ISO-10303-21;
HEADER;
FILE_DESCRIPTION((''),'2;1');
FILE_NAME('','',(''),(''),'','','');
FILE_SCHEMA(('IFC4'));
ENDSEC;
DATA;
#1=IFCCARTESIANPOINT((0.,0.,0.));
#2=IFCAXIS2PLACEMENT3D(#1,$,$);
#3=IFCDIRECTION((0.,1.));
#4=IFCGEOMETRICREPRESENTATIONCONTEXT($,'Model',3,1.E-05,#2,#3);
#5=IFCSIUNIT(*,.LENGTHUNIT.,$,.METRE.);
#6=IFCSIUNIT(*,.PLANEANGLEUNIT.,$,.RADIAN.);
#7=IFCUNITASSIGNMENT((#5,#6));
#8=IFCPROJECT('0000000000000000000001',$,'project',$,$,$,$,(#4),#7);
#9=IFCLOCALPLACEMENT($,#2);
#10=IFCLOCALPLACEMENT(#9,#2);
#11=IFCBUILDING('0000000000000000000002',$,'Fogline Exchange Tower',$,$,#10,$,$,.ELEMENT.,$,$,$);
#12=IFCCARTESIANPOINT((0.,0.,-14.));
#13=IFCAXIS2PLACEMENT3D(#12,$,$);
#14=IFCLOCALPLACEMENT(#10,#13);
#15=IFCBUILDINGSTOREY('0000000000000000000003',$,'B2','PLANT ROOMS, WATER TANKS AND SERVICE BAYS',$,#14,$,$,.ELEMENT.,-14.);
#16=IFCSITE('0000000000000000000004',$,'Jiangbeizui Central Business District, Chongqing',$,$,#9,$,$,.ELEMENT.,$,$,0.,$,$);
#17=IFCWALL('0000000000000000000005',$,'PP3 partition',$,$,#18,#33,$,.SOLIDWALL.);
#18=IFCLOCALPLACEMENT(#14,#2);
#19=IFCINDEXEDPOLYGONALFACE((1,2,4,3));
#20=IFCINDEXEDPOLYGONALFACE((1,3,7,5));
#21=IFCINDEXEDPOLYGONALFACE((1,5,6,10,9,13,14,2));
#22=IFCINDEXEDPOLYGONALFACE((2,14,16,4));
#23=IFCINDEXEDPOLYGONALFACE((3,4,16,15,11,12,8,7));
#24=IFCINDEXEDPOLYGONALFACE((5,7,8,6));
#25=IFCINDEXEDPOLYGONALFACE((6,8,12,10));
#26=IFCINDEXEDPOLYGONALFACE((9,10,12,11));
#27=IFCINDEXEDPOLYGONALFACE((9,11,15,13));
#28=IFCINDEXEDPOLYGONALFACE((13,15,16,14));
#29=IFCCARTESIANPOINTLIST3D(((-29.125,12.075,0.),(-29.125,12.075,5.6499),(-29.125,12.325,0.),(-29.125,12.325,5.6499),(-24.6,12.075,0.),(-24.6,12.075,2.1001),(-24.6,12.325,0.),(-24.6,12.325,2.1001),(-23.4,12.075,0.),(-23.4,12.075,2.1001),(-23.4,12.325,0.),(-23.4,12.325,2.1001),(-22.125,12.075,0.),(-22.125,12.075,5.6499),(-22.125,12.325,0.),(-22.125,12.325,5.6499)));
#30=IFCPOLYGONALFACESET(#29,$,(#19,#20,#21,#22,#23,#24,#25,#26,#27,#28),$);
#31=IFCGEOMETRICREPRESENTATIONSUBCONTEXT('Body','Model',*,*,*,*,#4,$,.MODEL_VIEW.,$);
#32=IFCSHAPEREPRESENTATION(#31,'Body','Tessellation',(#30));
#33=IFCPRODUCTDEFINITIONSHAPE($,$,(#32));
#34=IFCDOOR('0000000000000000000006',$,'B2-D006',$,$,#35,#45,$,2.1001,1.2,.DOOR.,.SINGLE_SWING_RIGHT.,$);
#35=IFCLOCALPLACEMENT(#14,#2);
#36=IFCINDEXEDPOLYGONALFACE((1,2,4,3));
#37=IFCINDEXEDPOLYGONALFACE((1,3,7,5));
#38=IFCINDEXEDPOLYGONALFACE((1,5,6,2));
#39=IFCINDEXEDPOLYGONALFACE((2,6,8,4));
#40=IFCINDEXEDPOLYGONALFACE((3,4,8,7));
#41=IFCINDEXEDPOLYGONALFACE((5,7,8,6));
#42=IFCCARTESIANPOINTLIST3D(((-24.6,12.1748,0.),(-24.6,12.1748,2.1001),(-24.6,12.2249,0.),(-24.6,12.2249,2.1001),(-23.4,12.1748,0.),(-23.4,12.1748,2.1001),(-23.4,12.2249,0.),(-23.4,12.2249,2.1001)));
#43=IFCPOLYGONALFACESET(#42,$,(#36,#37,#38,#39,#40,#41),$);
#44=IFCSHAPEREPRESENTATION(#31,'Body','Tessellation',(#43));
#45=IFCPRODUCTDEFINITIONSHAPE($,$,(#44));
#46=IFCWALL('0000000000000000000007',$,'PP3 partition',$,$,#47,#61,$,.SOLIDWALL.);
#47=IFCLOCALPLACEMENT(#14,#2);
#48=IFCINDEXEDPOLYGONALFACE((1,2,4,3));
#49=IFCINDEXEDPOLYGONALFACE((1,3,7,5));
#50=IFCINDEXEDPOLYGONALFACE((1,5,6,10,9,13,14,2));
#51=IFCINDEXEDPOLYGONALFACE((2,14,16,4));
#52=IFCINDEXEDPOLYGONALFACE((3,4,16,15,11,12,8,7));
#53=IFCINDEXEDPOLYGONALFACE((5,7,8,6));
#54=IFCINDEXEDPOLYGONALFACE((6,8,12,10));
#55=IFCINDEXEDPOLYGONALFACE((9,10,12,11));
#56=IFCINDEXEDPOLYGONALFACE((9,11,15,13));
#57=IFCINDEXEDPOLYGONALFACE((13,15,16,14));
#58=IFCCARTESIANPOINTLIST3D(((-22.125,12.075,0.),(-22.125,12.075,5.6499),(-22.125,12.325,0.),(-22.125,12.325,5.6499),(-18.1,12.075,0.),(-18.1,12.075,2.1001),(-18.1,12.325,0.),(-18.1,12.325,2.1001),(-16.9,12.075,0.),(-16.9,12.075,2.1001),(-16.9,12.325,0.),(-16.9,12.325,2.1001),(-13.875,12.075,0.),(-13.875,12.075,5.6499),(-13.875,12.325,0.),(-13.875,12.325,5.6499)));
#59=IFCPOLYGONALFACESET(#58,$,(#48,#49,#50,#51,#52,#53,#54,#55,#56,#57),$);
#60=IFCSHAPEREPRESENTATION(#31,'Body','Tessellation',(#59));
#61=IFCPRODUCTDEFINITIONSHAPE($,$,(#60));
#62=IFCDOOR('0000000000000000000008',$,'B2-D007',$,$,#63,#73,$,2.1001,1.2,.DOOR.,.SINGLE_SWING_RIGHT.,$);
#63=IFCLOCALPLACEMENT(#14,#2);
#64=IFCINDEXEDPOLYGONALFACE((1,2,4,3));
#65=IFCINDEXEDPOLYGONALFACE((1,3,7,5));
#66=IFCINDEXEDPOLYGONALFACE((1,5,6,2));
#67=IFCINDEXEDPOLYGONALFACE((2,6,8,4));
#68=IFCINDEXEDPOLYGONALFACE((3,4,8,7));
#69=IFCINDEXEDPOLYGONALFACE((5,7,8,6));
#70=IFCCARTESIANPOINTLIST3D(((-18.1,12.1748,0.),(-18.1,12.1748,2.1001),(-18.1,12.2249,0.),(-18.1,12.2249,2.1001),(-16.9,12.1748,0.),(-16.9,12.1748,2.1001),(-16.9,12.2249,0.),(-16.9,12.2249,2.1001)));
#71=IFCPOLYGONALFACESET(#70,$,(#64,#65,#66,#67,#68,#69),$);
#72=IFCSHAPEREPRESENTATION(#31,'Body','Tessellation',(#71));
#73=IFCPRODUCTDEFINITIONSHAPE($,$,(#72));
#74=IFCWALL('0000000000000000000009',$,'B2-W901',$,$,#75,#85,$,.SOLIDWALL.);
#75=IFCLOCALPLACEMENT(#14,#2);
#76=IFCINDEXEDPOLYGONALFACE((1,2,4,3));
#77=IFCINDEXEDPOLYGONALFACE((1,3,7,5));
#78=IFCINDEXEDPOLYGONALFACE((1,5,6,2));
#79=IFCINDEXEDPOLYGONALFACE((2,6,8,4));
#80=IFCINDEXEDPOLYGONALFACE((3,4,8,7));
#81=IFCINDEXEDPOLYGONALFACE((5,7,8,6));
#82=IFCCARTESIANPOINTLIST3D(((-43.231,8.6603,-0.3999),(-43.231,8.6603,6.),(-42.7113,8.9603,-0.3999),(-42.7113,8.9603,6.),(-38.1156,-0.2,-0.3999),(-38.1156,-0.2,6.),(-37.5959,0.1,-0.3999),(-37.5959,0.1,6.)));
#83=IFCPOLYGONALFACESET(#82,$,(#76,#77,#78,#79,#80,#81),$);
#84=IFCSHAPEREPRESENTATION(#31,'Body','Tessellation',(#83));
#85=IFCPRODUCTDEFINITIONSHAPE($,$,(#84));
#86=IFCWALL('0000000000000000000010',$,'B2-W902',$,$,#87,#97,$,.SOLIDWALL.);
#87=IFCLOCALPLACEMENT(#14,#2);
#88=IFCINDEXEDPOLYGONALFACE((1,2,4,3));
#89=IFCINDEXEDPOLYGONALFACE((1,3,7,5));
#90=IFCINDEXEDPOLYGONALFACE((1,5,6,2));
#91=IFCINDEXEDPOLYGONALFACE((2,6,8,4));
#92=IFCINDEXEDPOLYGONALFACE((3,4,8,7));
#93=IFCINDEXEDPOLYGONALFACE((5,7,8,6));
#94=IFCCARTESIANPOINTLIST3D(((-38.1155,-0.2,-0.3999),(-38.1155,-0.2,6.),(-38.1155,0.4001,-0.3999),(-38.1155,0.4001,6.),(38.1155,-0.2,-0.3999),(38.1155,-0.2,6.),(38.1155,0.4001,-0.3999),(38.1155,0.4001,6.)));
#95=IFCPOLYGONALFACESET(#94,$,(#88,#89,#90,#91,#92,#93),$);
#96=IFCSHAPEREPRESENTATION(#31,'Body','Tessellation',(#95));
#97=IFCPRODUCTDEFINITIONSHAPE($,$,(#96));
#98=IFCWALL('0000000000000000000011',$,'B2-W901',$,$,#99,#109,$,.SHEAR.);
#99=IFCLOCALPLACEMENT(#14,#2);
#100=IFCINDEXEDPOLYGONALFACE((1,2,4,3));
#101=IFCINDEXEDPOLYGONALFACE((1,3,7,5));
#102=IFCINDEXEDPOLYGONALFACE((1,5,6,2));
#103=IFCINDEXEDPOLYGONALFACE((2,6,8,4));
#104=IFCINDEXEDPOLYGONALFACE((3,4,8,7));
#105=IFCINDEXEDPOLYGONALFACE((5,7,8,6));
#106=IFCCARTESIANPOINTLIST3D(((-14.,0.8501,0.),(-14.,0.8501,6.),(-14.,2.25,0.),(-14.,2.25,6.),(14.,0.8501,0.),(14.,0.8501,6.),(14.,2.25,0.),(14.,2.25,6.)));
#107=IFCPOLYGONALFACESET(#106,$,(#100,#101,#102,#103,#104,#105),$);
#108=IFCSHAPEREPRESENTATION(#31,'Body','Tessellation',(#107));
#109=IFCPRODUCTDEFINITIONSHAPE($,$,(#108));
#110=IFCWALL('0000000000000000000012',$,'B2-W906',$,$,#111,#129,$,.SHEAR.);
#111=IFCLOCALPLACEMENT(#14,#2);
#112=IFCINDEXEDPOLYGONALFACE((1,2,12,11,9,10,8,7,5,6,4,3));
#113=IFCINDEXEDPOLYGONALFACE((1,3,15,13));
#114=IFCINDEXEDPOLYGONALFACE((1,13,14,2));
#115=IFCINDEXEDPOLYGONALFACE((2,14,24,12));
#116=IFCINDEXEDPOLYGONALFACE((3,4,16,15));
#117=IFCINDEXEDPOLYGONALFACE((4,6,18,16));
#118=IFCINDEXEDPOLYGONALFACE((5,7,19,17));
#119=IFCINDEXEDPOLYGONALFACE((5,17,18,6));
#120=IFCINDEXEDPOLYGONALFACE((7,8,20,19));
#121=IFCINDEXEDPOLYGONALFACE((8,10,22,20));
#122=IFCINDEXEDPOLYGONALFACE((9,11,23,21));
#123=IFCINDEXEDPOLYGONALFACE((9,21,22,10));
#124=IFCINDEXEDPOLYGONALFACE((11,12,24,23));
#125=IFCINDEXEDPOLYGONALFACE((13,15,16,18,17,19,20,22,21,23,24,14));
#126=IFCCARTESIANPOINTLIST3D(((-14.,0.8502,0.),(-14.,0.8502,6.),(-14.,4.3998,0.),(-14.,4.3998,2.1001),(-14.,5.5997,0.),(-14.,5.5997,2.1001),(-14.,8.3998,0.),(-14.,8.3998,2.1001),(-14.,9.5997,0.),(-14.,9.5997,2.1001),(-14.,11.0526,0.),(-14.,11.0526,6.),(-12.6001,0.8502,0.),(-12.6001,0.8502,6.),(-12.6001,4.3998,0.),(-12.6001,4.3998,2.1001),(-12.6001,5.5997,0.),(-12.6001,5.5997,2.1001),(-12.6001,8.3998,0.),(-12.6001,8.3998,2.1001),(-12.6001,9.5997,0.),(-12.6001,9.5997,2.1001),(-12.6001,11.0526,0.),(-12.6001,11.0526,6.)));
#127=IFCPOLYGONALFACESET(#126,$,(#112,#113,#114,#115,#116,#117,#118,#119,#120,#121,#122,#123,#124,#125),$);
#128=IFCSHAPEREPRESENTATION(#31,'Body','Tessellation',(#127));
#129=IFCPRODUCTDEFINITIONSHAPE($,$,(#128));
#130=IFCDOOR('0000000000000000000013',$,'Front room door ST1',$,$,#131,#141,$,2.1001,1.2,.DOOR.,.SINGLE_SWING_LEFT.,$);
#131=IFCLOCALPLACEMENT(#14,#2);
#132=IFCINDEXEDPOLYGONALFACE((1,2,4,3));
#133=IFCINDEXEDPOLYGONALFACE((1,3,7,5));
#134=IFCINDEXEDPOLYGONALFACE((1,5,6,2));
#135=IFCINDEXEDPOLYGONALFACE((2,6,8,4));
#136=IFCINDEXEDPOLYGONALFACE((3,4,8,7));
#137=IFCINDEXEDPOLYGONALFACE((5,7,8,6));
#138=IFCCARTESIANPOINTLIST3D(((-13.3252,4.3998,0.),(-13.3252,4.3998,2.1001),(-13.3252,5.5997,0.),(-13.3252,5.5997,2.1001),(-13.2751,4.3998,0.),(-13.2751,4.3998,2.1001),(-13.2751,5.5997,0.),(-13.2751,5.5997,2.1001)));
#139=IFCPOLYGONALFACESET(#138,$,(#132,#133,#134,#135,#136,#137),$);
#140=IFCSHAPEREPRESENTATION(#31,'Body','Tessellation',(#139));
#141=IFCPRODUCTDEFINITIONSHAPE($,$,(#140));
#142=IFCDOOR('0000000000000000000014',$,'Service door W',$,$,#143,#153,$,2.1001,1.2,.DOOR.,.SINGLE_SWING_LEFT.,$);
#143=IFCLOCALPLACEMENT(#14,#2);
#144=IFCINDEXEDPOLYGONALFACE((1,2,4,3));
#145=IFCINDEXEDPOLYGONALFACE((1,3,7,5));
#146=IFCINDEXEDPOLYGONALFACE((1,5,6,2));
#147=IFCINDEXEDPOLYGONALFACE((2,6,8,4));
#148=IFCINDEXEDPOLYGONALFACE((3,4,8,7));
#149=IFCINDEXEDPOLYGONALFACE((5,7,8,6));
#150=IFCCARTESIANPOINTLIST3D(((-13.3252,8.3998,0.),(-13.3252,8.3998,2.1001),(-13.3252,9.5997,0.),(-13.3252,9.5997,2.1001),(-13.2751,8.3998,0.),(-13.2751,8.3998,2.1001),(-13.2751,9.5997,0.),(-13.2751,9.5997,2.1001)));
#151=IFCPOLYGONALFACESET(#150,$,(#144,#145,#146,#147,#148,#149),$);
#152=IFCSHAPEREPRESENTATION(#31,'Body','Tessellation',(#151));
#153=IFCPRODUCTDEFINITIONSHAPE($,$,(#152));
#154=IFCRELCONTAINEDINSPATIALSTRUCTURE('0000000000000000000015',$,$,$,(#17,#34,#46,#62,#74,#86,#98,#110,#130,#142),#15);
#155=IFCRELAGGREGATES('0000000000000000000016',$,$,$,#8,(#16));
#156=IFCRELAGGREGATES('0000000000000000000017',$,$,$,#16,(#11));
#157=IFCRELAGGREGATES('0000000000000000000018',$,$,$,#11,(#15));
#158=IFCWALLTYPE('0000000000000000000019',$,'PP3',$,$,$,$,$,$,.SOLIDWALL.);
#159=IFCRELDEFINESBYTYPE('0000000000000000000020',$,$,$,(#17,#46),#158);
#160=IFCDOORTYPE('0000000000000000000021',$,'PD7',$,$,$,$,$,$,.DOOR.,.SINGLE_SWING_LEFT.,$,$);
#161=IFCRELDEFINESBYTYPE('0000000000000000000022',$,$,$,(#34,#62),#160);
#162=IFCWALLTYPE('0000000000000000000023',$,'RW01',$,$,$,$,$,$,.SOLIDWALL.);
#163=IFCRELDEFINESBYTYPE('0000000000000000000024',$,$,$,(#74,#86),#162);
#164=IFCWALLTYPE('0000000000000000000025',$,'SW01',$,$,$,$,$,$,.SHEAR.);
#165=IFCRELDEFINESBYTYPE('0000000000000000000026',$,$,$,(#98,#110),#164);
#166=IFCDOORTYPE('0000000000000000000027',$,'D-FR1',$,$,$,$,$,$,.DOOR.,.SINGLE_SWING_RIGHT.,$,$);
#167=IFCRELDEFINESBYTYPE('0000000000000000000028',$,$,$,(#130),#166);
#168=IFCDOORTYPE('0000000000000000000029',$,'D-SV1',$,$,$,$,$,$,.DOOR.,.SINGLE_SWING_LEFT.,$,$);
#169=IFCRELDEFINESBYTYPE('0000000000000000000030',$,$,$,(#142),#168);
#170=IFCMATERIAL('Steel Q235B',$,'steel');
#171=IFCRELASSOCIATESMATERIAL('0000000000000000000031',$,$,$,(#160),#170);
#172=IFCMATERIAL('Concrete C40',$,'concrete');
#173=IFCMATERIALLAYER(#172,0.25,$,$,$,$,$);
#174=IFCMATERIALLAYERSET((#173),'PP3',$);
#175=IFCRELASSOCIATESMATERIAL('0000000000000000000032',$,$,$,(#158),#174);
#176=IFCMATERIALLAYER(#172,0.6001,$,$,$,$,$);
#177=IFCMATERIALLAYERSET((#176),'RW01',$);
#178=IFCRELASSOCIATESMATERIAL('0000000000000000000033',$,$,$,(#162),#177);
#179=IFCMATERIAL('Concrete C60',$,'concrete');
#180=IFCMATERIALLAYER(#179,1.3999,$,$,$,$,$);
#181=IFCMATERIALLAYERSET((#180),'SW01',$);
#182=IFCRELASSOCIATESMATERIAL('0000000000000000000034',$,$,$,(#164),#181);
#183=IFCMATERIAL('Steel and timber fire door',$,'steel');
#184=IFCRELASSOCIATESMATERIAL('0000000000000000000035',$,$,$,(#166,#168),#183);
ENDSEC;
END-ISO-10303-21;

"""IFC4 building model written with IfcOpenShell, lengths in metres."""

from ifc_helpers import new_model, si_unit, direction, frame, frame_2d, origin, place, context, subcontext, project, spatial, rectangle, extrude, material, layer, layer_set, type_object, element, fill, save


model = new_model("IFC4")

# Units and contexts
model_context = context("Model", 3, precision=1e-05, world=origin(), true_north=direction((0.0, 1.0)))
body_context = subcontext(model_context, "Body", "Model", "MODEL_VIEW")
ifc_project = project(units=[si_unit("LENGTHUNIT", "METRE"), si_unit("PLANEANGLEUNIT", "RADIAN")], contexts=[model_context])

# Site, building, storey
site_placement = place(None, origin())
site = spatial("IfcSite", under=ifc_project, at=site_placement, Name="Jiangbeizui Central Business District, Chongqing", CompositionType="ELEMENT", RefElevation=0.0)
building_placement = place(site_placement, origin())
building = spatial("IfcBuilding", under=site, at=building_placement, Name="Fogline Exchange Tower", CompositionType="ELEMENT")
storey_placement = place(building_placement, frame((0.0, 0.0, -14.0)))
storey = spatial("IfcBuildingStorey", under=building, at=storey_placement, Name="B2", Description="PLANT ROOMS, WATER TANKS AND SERVICE BAYS", CompositionType="ELEMENT", Elevation=-14.0)

# Shared definitions
ifc_material_1 = material(Name="Concrete C40", Category="concrete")

# Shared definitions
ifc_material_2 = material(Name="Steel Q235B", Category="steel")
door_type_1 = type_object("IfcDoorType", Name="PD7", OperationType="SINGLE_SWING_LEFT", PredefinedType="DOOR", material=ifc_material_2)

# Shared definitions
ifc_layer_1 = layer(ifc_material_1, 0.25)
ifc_layer_set_1 = layer_set([ifc_layer_1], Name="PP3")
wall_type_1 = type_object("IfcWallType", Name="PP3", PredefinedType="SOLIDWALL", material=ifc_layer_set_1)

# Walls, openings, doors
wall_1_placement = place(storey_placement, frame((-29.125, 12.2, 0.0), z_axis=(0.0, 0.0, 1.0), x_axis=(1.0, 0.0, 0.0)))
wall_1 = element("IfcWall", 1, at=wall_1_placement, inside=storey, type_object=wall_type_1, Name="PP3 partition", PredefinedType="SOLIDWALL", context=body_context, shape_type="SweptSolid", body=[
    extrude(rectangle(XDim=7.0, YDim=0.25, at=frame_2d((3.5, 0.0))), origin(), (0.0, 0.0, 1.0), 5.6499),
])
opening_1_placement = place(wall_1_placement, frame((4.5249, 0.0, 0.0)))
opening_1 = element("IfcOpeningElement", 2, at=opening_1_placement, cuts=wall_1, PredefinedType="OPENING", context=body_context, shape_type="SweptSolid", body=[
    extrude(rectangle(XDim=1.2, YDim=2.1001, at=frame_2d((0.6001, 1.05))), frame((0.0, 0.135, 0.0), z_axis=(0.0, -1.0, 0.0), x_axis=(1.0, 0.0, 0.0)), (0.0, 0.0, 1.0), 0.27),
])
door_1_placement = place(opening_1_placement, origin())
door_1 = element("IfcDoor", 3, at=door_1_placement, inside=storey, type_object=door_type_1, Name="B2-D006", OperationType="SINGLE_SWING_RIGHT", OverallHeight=2.1001, OverallWidth=1.2, PredefinedType="DOOR", context=body_context, shape_type="SweptSolid", body=[
    extrude(rectangle(XDim=1.2, YDim=2.1001, at=frame_2d((0.6001, 1.05))), frame((0.0, 0.0249, 0.0), z_axis=(0.0, -1.0, 0.0), x_axis=(1.0, 0.0, 0.0)), (0.0, 0.0, 1.0), 0.05),
])
fill(opening_1, door_1)
wall_2_placement = place(storey_placement, frame((-22.125, 12.2, 0.0), z_axis=(0.0, 0.0, 1.0), x_axis=(1.0, 0.0, 0.0)))
wall_2 = element("IfcWall", 4, at=wall_2_placement, inside=storey, type_object=wall_type_1, Name="PP3 partition", PredefinedType="SOLIDWALL", context=body_context, shape_type="SweptSolid", body=[
    extrude(rectangle(XDim=8.25, YDim=0.25, at=frame_2d((4.125, 0.0))), origin(), (0.0, 0.0, 1.0), 5.6499),
])
opening_2_placement = place(wall_2_placement, frame((4.0249, 0.0, 0.0)))
opening_2 = element("IfcOpeningElement", 5, at=opening_2_placement, cuts=wall_2, PredefinedType="OPENING", context=body_context, shape_type="SweptSolid", body=[
    extrude(rectangle(XDim=1.2, YDim=2.1001, at=frame_2d((0.6001, 1.05))), frame((0.0, 0.135, 0.0), z_axis=(0.0, -1.0, 0.0), x_axis=(1.0, 0.0, 0.0)), (0.0, 0.0, 1.0), 0.27),
])
door_2_placement = place(opening_2_placement, origin())
door_2 = element("IfcDoor", 6, at=door_2_placement, inside=storey, type_object=door_type_1, Name="B2-D007", OperationType="SINGLE_SWING_RIGHT", OverallHeight=2.1001, OverallWidth=1.2, PredefinedType="DOOR", context=body_context, shape_type="SweptSolid", body=[
    extrude(rectangle(XDim=1.2, YDim=2.1001, at=frame_2d((0.6001, 1.05))), frame((0.0, 0.0249, 0.0), z_axis=(0.0, -1.0, 0.0), x_axis=(1.0, 0.0, 0.0)), (0.0, 0.0, 1.0), 0.05),
])
fill(opening_2, door_2)

# Walls
ifc_layer_2 = layer(ifc_material_1, 0.6001)
ifc_layer_set_2 = layer_set([ifc_layer_2], Name="RW01")
wall_type_2 = type_object("IfcWallType", Name="RW01", PredefinedType="SOLIDWALL", material=ifc_layer_set_2)
wall_3_placement = place(storey_placement, frame((-42.9712, 8.8103, -0.3999), z_axis=(0.0, 0.0, 1.0), x_axis=(0.499996, -0.866027, 0.0)))
element("IfcWall", 7, at=wall_3_placement, inside=storey, type_object=wall_type_2, Name="B2-W901", PredefinedType="SOLIDWALL", context=body_context, shape_type="SweptSolid", body=[
    extrude(rectangle(XDim=10.231, YDim=0.6001, at=frame_2d((5.1155, 0.0))), origin(), (0.0, 0.0, 1.0), 6.3999),
])
wall_4_placement = place(storey_placement, frame((-38.1155, 0.1001, -0.3999), z_axis=(0.0, 0.0, 1.0), x_axis=(1.0, 0.0, 0.0)))
element("IfcWall", 8, at=wall_4_placement, inside=storey, type_object=wall_type_2, Name="B2-W902", PredefinedType="SOLIDWALL", context=body_context, shape_type="SweptSolid", body=[
    extrude(rectangle(XDim=76.231, YDim=0.6001, at=frame_2d((38.1155, 0.0))), origin(), (0.0, 0.0, 1.0), 6.3999),
])
ifc_material_3 = material(Name="Concrete C60", Category="concrete")
ifc_layer_3 = layer(ifc_material_3, 1.3999)
ifc_layer_set_3 = layer_set([ifc_layer_3], Name="SW01")
wall_type_3 = type_object("IfcWallType", Name="SW01", PredefinedType="SHEAR", material=ifc_layer_set_3)
wall_5_placement = place(storey_placement, frame((-14.0, 1.55, 0.0), z_axis=(0.0, 0.0, 1.0), x_axis=(1.0, 0.0, 0.0)))
element("IfcWall", 9, at=wall_5_placement, inside=storey, type_object=wall_type_3, Name="B2-W901", PredefinedType="SHEAR", context=body_context, shape_type="SweptSolid", body=[
    extrude(rectangle(XDim=28.0, YDim=1.3999, at=frame_2d((14.0, 0.0))), origin(), (0.0, 0.0, 1.0), 6.0),
])

# Wall, openings, doors
wall_6_placement = place(storey_placement, frame((-13.3, 11.0525, 0.0), z_axis=(0.0, 0.0, 1.0), x_axis=(0.0, -1.0, 0.0)))
wall_6 = element("IfcWall", 10, at=wall_6_placement, inside=storey, type_object=wall_type_3, Name="B2-W906", PredefinedType="SHEAR", context=body_context, shape_type="SweptSolid", body=[
    extrude(rectangle(XDim=10.2024, YDim=1.3999, at=frame_2d((5.1011, 0.0))), origin(), (0.0, 0.0, 1.0), 6.0),
])
opening_3_placement = place(wall_6_placement, frame((5.4526, 0.0, 0.0)))
opening_3 = element("IfcOpeningElement", 11, at=opening_3_placement, cuts=wall_6, PredefinedType="OPENING", context=body_context, shape_type="SweptSolid", body=[
    extrude(rectangle(XDim=1.2, YDim=2.1001, at=frame_2d((0.6001, 1.05))), frame((0.0, 0.71, 0.0), z_axis=(0.0, -1.0, 0.0), x_axis=(1.0, 0.0, 0.0)), (0.0, 0.0, 1.0), 1.4199),
])
opening_4_placement = place(wall_6_placement, frame((1.4526, 0.0, 0.0)))
opening_4 = element("IfcOpeningElement", 12, at=opening_4_placement, cuts=wall_6, PredefinedType="OPENING", context=body_context, shape_type="SweptSolid", body=[
    extrude(rectangle(XDim=1.2, YDim=2.1001, at=frame_2d((0.6001, 1.05))), frame((0.0, 0.71, 0.0), z_axis=(0.0, -1.0, 0.0), x_axis=(1.0, 0.0, 0.0)), (0.0, 0.0, 1.0), 1.4199),
])
ifc_material_4 = material(Name="Steel and timber fire door", Category="steel")
door_type_2 = type_object("IfcDoorType", Name="D-FR1", OperationType="SINGLE_SWING_RIGHT", PredefinedType="DOOR", material=ifc_material_4)
door_3_placement = place(opening_3_placement, origin())
door_3 = element("IfcDoor", 13, at=door_3_placement, inside=storey, type_object=door_type_2, Name="Front room door ST1", OperationType="SINGLE_SWING_LEFT", OverallHeight=2.1001, OverallWidth=1.2, PredefinedType="DOOR", context=body_context, shape_type="SweptSolid", body=[
    extrude(rectangle(XDim=1.2, YDim=2.1001, at=frame_2d((0.6001, 1.05))), frame((0.0, 0.0249, 0.0), z_axis=(0.0, -1.0, 0.0), x_axis=(1.0, 0.0, 0.0)), (0.0, 0.0, 1.0), 0.05),
])
fill(opening_3, door_3)
door_type_3 = type_object("IfcDoorType", Name="D-SV1", OperationType="SINGLE_SWING_LEFT", PredefinedType="DOOR", material=ifc_material_4)
door_4_placement = place(opening_4_placement, origin())
door_4 = element("IfcDoor", 14, at=door_4_placement, inside=storey, type_object=door_type_3, Name="Service door W", OperationType="SINGLE_SWING_LEFT", OverallHeight=2.1001, OverallWidth=1.2, PredefinedType="DOOR", context=body_context, shape_type="SweptSolid", body=[
    extrude(rectangle(XDim=1.2, YDim=2.1001, at=frame_2d((0.6001, 1.05))), frame((0.0, 0.0249, 0.0), z_axis=(0.0, -1.0, 0.0), x_axis=(1.0, 0.0, 0.0)), (0.0, 0.0, 1.0), 0.05),
])
fill(opening_4, door_4)

save(model, "model.ifc")
